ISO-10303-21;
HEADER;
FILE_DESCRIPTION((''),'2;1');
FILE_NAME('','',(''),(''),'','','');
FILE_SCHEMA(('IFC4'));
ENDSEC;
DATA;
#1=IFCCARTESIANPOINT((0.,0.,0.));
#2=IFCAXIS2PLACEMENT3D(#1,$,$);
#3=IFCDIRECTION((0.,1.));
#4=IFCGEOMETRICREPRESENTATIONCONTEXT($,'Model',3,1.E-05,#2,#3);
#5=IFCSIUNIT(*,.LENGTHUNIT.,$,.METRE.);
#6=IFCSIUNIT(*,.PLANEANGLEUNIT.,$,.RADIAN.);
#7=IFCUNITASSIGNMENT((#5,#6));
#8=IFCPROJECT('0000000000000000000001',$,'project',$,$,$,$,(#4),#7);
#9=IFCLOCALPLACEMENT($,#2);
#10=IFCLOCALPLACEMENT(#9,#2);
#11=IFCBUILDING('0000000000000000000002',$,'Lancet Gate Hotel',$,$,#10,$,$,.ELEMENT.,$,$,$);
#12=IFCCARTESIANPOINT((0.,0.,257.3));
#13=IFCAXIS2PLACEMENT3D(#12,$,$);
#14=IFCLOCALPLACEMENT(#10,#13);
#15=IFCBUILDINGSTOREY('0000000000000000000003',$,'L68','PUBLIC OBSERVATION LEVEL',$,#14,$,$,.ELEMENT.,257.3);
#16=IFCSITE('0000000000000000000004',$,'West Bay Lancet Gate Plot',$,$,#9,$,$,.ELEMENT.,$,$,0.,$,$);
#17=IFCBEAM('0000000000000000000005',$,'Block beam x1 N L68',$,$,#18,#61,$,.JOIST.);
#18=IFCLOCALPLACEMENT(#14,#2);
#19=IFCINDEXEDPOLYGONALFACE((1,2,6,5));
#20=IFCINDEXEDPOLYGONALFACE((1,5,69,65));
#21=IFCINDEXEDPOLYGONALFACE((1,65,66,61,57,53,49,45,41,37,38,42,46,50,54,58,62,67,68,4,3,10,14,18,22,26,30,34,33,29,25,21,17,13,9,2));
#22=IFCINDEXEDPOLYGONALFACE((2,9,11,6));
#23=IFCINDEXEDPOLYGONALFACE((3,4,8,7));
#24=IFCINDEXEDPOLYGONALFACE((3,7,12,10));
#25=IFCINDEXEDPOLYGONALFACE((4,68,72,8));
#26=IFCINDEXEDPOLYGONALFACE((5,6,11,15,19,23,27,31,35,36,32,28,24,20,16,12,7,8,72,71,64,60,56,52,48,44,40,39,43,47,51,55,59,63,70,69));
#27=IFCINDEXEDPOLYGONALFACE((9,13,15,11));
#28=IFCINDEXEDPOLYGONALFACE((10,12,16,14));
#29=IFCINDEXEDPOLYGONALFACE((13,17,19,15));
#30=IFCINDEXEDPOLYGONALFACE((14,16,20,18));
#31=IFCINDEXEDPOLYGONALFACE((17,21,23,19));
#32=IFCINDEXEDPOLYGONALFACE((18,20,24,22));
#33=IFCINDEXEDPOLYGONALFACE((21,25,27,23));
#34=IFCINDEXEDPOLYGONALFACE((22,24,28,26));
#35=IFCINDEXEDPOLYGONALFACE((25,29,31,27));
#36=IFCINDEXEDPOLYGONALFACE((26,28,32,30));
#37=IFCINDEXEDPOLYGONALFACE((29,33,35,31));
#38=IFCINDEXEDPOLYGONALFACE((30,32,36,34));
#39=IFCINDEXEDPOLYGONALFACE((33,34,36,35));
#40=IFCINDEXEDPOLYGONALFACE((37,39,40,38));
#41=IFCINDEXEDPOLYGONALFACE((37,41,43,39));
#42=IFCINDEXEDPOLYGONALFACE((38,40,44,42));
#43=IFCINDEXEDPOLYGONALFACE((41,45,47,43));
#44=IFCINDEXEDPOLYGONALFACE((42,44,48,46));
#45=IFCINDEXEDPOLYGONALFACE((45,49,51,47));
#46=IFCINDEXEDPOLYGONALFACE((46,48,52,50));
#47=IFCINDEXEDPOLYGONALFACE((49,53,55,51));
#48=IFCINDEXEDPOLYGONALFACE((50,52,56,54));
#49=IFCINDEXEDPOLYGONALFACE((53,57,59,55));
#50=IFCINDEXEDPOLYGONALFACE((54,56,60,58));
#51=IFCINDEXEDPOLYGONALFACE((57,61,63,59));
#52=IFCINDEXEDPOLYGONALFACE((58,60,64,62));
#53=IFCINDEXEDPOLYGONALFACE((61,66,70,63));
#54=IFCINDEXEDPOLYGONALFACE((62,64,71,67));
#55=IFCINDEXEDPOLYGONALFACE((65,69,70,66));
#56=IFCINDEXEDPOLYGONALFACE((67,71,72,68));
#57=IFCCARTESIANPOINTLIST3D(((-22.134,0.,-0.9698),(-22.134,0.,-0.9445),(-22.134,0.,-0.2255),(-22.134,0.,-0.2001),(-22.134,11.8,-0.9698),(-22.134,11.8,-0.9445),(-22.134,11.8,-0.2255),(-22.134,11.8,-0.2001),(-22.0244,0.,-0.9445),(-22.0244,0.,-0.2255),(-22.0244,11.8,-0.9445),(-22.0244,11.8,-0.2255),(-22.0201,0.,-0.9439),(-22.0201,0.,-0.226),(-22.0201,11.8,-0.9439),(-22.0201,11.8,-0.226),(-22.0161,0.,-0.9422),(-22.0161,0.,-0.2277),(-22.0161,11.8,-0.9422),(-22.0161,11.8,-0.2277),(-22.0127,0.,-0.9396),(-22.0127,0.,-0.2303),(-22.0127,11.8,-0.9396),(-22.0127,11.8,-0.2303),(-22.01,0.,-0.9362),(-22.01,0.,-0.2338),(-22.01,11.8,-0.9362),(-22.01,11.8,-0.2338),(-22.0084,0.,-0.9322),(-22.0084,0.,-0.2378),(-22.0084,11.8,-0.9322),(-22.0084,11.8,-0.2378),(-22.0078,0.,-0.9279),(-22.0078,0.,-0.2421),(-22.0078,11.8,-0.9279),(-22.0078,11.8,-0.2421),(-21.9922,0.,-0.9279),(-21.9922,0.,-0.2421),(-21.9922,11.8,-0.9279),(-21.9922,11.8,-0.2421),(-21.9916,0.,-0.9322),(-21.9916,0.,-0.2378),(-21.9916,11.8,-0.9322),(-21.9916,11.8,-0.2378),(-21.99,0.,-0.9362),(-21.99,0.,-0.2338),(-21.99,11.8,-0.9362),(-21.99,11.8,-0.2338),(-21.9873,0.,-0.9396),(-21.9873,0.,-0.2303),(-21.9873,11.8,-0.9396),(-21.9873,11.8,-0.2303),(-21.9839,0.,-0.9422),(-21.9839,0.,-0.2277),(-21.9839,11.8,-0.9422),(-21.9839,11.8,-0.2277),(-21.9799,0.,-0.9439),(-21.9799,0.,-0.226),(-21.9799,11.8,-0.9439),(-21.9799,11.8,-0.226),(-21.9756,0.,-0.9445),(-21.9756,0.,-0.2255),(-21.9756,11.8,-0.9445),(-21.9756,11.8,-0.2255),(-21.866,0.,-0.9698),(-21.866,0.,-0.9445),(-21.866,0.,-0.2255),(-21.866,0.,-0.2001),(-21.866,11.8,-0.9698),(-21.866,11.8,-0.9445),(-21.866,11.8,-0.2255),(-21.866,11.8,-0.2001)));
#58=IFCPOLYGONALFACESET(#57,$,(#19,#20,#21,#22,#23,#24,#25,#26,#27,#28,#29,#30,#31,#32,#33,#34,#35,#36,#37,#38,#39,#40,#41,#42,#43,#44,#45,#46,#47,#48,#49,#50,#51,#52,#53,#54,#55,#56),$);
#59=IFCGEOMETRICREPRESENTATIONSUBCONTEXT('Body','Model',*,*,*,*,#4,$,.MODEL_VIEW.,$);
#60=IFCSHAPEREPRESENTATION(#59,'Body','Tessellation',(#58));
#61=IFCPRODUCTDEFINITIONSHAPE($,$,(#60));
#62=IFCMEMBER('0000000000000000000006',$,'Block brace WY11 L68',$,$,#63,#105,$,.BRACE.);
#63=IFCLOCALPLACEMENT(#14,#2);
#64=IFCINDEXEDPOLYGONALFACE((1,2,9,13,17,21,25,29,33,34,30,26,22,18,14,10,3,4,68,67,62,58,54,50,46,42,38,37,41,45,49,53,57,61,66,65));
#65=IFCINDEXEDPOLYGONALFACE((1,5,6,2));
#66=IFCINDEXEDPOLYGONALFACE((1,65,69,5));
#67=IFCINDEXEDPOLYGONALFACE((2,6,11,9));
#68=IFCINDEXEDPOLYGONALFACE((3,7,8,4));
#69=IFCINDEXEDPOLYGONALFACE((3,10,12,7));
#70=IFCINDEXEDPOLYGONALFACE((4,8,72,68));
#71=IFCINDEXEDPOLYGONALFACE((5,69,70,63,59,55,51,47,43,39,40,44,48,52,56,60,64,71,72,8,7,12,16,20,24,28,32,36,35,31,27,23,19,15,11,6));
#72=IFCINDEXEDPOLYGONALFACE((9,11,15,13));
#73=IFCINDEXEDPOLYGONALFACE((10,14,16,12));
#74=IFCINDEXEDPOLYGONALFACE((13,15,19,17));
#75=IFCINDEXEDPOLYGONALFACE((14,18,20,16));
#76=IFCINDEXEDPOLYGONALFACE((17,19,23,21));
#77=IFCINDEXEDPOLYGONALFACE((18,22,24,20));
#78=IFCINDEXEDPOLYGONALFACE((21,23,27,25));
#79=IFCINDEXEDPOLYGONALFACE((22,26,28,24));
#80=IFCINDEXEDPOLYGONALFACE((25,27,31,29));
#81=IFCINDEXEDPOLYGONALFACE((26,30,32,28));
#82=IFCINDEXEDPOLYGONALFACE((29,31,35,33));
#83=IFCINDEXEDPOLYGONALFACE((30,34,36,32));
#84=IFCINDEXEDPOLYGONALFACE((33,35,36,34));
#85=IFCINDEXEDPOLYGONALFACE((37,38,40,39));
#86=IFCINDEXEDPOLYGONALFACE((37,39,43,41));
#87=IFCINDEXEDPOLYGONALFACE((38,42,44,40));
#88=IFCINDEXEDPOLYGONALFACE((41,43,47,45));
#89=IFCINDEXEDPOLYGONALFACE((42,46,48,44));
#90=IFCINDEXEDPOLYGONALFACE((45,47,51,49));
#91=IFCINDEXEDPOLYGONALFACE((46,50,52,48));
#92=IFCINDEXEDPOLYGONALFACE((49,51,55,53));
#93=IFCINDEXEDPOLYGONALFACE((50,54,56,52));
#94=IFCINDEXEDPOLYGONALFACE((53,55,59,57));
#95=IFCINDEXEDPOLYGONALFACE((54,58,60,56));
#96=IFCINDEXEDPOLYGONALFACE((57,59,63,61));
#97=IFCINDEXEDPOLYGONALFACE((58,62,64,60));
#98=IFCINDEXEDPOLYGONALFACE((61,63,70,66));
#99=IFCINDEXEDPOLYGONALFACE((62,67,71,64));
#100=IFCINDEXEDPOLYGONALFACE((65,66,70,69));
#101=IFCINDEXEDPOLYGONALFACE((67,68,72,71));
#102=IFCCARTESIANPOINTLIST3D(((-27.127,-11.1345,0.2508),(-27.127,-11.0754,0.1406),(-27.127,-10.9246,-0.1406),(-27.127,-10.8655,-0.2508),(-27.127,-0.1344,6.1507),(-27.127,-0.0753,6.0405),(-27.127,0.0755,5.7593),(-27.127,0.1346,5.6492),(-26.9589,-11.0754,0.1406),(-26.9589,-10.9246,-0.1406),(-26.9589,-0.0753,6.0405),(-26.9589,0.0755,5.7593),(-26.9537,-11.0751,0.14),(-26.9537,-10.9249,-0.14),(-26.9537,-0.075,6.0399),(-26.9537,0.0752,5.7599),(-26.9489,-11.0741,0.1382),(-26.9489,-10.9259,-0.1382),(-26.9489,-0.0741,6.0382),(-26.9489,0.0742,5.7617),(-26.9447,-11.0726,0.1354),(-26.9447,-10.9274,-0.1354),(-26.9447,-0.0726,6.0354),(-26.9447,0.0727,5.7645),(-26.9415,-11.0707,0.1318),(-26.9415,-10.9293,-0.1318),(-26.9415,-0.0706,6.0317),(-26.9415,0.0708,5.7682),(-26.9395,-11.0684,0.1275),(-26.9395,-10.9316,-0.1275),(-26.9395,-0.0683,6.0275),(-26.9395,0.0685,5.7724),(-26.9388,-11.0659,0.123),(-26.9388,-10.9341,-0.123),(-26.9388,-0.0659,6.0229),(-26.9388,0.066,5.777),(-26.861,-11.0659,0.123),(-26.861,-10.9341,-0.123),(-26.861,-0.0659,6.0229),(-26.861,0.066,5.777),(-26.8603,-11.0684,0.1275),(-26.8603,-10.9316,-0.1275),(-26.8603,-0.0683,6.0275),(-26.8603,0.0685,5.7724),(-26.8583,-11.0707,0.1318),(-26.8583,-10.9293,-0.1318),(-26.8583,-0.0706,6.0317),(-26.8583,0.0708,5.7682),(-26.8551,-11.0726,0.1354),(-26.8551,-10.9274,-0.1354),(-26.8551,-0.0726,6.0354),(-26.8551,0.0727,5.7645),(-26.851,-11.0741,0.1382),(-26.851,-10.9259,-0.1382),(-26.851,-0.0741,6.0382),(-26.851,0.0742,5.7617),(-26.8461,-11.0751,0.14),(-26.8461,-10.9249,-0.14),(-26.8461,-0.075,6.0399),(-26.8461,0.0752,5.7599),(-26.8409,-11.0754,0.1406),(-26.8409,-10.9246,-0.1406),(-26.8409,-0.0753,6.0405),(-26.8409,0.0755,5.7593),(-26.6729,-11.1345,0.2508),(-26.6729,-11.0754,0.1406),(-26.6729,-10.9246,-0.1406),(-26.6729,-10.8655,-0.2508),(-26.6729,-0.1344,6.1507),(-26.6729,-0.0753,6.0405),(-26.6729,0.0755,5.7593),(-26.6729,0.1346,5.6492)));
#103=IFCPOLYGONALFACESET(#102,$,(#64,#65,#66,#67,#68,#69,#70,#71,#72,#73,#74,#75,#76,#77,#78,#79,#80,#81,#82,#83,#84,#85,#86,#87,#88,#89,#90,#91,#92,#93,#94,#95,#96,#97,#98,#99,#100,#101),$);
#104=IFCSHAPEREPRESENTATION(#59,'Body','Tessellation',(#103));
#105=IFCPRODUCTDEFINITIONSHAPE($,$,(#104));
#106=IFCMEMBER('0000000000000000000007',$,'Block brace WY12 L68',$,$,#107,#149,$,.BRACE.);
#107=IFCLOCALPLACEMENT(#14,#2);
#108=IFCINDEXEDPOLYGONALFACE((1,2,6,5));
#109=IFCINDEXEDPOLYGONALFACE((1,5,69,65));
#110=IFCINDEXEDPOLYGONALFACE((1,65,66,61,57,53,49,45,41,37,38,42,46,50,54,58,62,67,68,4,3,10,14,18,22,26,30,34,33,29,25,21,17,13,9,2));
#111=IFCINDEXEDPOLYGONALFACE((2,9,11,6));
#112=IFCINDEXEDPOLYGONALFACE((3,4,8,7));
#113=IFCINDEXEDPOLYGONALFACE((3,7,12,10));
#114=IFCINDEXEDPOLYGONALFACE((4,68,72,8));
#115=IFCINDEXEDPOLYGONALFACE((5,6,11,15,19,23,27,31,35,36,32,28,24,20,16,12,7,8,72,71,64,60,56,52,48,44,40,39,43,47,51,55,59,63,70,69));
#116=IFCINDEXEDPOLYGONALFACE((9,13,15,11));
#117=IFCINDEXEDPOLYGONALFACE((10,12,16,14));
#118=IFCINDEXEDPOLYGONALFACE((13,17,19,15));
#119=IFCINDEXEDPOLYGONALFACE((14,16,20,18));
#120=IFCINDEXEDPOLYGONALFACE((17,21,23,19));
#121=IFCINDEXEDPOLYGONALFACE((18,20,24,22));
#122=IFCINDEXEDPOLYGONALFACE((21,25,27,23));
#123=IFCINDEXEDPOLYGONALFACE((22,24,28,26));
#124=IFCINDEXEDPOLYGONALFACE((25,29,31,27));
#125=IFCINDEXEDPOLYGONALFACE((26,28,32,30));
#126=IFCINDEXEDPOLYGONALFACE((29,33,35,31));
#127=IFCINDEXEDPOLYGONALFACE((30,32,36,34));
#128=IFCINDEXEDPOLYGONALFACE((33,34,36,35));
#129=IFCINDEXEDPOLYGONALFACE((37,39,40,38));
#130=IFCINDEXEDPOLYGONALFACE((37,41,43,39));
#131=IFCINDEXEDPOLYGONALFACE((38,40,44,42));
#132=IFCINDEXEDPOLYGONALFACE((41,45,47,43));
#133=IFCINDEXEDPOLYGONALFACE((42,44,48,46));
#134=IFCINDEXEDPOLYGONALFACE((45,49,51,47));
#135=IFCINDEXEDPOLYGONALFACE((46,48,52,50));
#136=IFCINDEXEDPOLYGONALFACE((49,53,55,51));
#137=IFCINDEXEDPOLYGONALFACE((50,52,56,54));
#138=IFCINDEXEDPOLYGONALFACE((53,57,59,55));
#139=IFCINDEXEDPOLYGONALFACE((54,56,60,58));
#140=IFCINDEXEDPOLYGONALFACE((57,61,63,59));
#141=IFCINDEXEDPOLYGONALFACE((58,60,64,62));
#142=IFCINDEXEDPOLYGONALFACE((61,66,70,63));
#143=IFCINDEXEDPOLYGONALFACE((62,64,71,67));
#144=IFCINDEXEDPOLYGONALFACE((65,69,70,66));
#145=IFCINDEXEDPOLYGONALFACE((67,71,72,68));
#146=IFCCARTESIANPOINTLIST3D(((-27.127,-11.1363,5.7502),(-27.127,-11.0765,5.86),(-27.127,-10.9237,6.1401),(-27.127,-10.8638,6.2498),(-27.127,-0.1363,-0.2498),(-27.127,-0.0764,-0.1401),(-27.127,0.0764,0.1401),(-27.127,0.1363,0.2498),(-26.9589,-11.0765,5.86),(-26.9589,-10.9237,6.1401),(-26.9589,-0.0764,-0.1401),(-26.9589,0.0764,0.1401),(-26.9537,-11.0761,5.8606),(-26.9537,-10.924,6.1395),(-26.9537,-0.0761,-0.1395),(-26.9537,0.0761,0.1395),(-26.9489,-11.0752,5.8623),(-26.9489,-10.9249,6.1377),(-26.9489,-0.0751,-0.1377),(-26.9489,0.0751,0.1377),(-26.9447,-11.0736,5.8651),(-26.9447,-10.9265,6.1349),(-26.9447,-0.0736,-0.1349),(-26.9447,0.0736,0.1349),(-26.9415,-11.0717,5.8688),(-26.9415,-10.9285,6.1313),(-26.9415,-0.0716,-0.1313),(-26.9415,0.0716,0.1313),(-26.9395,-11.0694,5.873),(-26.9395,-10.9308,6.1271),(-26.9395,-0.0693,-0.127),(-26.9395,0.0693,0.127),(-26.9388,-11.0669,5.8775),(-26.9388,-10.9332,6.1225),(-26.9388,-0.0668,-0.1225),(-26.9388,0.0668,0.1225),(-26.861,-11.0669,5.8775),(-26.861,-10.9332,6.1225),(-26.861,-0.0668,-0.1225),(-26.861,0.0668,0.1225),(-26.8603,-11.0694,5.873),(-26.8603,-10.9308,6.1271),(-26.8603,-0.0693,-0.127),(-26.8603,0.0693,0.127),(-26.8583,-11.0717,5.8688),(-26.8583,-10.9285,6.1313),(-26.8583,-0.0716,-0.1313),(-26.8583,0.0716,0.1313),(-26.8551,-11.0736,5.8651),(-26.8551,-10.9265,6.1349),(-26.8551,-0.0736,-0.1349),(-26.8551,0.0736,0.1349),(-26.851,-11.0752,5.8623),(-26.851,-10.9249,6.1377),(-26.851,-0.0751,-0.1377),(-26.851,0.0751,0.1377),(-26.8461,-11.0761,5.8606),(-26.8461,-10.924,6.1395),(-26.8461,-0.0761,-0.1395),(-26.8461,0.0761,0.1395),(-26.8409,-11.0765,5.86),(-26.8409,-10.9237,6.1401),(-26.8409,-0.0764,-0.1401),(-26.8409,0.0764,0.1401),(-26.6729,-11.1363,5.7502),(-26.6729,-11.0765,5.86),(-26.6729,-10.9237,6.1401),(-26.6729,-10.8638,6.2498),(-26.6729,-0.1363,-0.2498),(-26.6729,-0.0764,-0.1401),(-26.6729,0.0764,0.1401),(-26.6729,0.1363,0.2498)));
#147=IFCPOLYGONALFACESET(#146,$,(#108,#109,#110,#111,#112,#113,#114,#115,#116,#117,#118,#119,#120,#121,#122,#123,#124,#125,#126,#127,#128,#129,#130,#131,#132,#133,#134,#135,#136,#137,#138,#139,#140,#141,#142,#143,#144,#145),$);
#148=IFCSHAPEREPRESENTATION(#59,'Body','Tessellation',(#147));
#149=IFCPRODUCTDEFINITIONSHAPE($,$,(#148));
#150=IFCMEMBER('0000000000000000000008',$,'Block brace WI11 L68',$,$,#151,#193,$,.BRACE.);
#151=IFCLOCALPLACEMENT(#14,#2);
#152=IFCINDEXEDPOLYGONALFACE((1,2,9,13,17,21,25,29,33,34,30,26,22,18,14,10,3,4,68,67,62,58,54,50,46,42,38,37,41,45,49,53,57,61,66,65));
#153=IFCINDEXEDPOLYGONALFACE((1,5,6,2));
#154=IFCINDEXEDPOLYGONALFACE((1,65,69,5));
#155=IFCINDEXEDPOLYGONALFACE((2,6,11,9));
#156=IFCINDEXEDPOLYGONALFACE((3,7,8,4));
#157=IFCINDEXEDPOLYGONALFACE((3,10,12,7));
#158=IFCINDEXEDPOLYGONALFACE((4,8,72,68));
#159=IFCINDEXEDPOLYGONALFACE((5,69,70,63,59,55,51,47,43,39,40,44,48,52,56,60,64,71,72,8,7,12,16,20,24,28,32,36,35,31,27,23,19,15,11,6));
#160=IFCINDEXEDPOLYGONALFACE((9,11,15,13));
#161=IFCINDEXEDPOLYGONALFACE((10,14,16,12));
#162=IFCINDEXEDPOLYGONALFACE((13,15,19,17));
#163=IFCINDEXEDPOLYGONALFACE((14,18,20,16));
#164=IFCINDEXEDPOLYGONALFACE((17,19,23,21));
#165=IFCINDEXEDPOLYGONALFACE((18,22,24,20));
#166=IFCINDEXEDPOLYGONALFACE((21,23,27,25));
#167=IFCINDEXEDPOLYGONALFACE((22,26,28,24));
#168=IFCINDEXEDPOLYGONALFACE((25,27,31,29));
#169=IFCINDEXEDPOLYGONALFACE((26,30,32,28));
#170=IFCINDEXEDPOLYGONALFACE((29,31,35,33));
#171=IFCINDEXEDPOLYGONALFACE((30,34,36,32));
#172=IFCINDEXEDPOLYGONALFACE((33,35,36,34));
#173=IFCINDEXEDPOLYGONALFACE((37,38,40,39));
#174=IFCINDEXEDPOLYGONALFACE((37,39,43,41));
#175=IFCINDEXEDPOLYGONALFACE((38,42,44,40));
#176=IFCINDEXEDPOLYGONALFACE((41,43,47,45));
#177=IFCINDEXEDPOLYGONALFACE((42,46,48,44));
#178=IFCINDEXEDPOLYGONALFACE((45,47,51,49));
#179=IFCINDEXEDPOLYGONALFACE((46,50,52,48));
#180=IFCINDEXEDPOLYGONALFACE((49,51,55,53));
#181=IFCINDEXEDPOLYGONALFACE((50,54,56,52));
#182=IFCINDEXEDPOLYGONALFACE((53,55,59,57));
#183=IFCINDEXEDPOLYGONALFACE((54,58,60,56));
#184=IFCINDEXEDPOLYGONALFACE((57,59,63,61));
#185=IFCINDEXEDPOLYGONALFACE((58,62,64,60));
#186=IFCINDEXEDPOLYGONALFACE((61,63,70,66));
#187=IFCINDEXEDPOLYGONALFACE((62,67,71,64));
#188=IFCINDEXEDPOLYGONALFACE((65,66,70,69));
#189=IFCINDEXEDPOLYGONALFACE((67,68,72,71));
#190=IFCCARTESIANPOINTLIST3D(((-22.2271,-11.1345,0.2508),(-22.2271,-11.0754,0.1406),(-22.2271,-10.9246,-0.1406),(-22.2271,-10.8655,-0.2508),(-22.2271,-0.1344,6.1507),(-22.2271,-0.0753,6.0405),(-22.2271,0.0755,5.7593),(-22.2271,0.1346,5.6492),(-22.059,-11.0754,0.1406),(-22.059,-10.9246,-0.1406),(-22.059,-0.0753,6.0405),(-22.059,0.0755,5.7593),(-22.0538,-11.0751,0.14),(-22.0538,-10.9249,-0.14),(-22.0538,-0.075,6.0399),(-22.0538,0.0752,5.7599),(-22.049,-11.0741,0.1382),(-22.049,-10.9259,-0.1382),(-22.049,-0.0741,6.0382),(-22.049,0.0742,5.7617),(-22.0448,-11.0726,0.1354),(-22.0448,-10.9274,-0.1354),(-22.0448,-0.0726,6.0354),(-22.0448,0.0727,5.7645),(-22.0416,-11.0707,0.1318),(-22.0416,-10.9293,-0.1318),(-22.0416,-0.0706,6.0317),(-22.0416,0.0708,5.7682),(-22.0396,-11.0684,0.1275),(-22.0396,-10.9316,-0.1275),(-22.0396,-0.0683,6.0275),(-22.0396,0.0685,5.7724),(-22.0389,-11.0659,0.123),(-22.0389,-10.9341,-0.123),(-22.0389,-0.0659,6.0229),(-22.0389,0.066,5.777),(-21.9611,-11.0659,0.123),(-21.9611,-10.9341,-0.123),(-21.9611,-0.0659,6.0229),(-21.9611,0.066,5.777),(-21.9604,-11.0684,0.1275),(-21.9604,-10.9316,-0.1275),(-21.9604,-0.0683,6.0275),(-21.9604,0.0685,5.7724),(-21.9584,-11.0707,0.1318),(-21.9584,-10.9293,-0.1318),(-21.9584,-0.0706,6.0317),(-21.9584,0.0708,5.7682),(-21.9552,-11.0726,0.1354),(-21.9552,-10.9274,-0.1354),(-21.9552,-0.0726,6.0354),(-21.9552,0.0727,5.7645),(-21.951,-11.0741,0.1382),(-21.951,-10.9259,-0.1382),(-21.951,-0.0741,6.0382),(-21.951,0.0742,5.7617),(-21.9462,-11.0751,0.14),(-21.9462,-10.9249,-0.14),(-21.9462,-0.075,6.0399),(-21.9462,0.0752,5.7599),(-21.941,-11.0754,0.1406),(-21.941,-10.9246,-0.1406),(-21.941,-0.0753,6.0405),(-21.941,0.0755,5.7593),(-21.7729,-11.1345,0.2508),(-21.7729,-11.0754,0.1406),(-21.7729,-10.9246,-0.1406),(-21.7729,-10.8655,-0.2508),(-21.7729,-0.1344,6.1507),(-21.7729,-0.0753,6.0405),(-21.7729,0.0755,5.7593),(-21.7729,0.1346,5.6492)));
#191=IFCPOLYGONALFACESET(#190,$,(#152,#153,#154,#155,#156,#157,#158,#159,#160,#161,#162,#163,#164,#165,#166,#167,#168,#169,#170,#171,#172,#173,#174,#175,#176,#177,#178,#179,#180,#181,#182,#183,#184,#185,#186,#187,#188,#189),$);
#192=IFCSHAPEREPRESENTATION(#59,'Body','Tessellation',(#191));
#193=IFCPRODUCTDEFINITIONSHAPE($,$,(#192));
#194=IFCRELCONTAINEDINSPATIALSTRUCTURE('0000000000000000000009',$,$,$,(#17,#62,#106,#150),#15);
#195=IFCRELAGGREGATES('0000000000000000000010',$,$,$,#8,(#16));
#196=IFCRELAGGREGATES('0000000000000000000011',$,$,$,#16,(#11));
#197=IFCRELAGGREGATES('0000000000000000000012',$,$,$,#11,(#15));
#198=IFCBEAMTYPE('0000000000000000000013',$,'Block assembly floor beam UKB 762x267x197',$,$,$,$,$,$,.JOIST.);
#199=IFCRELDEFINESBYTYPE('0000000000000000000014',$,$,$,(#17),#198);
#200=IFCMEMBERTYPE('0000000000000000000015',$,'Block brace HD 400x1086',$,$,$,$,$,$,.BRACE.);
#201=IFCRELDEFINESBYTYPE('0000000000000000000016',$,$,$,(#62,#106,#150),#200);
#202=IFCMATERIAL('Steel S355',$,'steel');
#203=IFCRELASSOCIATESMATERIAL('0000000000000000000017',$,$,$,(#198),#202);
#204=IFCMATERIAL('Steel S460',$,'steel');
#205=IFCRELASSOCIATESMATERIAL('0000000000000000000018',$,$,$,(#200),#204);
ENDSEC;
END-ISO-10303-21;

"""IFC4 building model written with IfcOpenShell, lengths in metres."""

from ifc_helpers import new_model, si_unit, direction, frame, origin, origin_2d, place, context, subcontext, project, spatial, i_section, extrude, material, material_profile, profile_set, type_object, element, save


model = new_model("IFC4")

# Units and contexts
model_context = context("Model", 3, precision=1e-05, world=origin(), true_north=direction((0.0, 1.0)))
body_context = subcontext(model_context, "Body", "Model", "MODEL_VIEW")
ifc_project = project(units=[si_unit("LENGTHUNIT", "METRE"), si_unit("PLANEANGLEUNIT", "RADIAN")], contexts=[model_context])

# Site, building, storey
site_placement = place(None, origin())
site = spatial("IfcSite", under=ifc_project, at=site_placement, Name="West Bay Lancet Gate Plot", CompositionType="ELEMENT", RefElevation=0.0)
building_placement = place(site_placement, origin())
building = spatial("IfcBuilding", under=site, at=building_placement, Name="Lancet Gate Hotel", CompositionType="ELEMENT")
storey_placement = place(building_placement, frame((0.0, 0.0, 257.3)))
storey = spatial("IfcBuildingStorey", under=building, at=storey_placement, Name="L68", Description="PUBLIC OBSERVATION LEVEL", CompositionType="ELEMENT", Elevation=257.3)

# Beam
ifc_material_1 = material(Name="Steel S355", Category="steel")
ifc_material_profile_1 = material_profile(ifc_material_1, i_section(OverallWidth=0.2681, OverallDepth=0.7698, WebThickness=0.0156, FlangeThickness=0.0254, FilletRadius=0.0166, at=origin_2d()), Name="UKB 762x267x197")
ifc_profile_set_1 = profile_set([ifc_material_profile_1], Name="Steel S355")
beam_type_1 = type_object("IfcBeamType", Name="Block assembly floor beam UKB 762x267x197", PredefinedType="JOIST", material=ifc_profile_set_1)
beam_1_placement = place(storey_placement, frame((-22.0, 0.0, -0.585), z_axis=(0.0, 1.0, 0.0), x_axis=(-1.0, 0.0, 0.0)))
element("IfcBeam", 1, at=beam_1_placement, inside=storey, type_object=beam_type_1, Name="Block beam x1 N L68", PredefinedType="JOIST", context=body_context, shape_type="SweptSolid", body=[
    extrude(i_section(OverallWidth=0.2681, OverallDepth=0.7698, WebThickness=0.0156, FlangeThickness=0.0254, FilletRadius=0.0166, at=origin_2d()), origin(), (0.0, 0.0, 1.0), 11.8),
])

# Members
ifc_material_2 = material(Name="Steel S460", Category="steel")
ifc_material_profile_2 = material_profile(ifc_material_2, i_section(OverallWidth=0.4541, OverallDepth=0.5691, WebThickness=0.0779, FlangeThickness=0.125, FilletRadius=0.02, at=origin_2d()), Name="HD 400x1086")
ifc_profile_set_2 = profile_set([ifc_material_profile_2], Name="Steel S460")
member_type = type_object("IfcMemberType", Name="Block brace HD 400x1086", PredefinedType="BRACE", material=ifc_profile_set_2)
member_1_placement = place(storey_placement, frame((-26.8999, -11.0, 0.0), z_axis=(0.0, 0.881245, 0.47266), x_axis=(-1.0, 0.0, 0.0)))
element("IfcMember", 2, at=member_1_placement, inside=storey, type_object=member_type, Name="Block brace WY11 L68", PredefinedType="BRACE", context=body_context, shape_type="SweptSolid", body=[
    extrude(i_section(OverallWidth=0.4541, OverallDepth=0.5691, WebThickness=0.0779, FlangeThickness=0.125, FilletRadius=0.02, at=origin_2d()), origin(), (0.0, 0.0, 1.0), 12.4824),
])
member_2_placement = place(storey_placement, frame((-26.8999, 0.0, 0.0), z_axis=(0.0, -0.877896, 0.478852), x_axis=(1.0, 0.0, 0.0)))
element("IfcMember", 3, at=member_2_placement, inside=storey, type_object=member_type, Name="Block brace WY12 L68", PredefinedType="BRACE", context=body_context, shape_type="SweptSolid", body=[
    extrude(i_section(OverallWidth=0.4541, OverallDepth=0.5691, WebThickness=0.0779, FlangeThickness=0.125, FilletRadius=0.02, at=origin_2d()), origin(), (0.0, 0.0, 1.0), 12.53),
])
member_3_placement = place(storey_placement, frame((-22.0, -11.0, 0.0), z_axis=(0.0, 0.881245, 0.47266), x_axis=(-1.0, 0.0, 0.0)))
element("IfcMember", 4, at=member_3_placement, inside=storey, type_object=member_type, Name="Block brace WI11 L68", PredefinedType="BRACE", context=body_context, shape_type="SweptSolid", body=[
    extrude(i_section(OverallWidth=0.4541, OverallDepth=0.5691, WebThickness=0.0779, FlangeThickness=0.125, FilletRadius=0.02, at=origin_2d()), origin(), (0.0, 0.0, 1.0), 12.4824),
])

save(model, "model.ifc")
